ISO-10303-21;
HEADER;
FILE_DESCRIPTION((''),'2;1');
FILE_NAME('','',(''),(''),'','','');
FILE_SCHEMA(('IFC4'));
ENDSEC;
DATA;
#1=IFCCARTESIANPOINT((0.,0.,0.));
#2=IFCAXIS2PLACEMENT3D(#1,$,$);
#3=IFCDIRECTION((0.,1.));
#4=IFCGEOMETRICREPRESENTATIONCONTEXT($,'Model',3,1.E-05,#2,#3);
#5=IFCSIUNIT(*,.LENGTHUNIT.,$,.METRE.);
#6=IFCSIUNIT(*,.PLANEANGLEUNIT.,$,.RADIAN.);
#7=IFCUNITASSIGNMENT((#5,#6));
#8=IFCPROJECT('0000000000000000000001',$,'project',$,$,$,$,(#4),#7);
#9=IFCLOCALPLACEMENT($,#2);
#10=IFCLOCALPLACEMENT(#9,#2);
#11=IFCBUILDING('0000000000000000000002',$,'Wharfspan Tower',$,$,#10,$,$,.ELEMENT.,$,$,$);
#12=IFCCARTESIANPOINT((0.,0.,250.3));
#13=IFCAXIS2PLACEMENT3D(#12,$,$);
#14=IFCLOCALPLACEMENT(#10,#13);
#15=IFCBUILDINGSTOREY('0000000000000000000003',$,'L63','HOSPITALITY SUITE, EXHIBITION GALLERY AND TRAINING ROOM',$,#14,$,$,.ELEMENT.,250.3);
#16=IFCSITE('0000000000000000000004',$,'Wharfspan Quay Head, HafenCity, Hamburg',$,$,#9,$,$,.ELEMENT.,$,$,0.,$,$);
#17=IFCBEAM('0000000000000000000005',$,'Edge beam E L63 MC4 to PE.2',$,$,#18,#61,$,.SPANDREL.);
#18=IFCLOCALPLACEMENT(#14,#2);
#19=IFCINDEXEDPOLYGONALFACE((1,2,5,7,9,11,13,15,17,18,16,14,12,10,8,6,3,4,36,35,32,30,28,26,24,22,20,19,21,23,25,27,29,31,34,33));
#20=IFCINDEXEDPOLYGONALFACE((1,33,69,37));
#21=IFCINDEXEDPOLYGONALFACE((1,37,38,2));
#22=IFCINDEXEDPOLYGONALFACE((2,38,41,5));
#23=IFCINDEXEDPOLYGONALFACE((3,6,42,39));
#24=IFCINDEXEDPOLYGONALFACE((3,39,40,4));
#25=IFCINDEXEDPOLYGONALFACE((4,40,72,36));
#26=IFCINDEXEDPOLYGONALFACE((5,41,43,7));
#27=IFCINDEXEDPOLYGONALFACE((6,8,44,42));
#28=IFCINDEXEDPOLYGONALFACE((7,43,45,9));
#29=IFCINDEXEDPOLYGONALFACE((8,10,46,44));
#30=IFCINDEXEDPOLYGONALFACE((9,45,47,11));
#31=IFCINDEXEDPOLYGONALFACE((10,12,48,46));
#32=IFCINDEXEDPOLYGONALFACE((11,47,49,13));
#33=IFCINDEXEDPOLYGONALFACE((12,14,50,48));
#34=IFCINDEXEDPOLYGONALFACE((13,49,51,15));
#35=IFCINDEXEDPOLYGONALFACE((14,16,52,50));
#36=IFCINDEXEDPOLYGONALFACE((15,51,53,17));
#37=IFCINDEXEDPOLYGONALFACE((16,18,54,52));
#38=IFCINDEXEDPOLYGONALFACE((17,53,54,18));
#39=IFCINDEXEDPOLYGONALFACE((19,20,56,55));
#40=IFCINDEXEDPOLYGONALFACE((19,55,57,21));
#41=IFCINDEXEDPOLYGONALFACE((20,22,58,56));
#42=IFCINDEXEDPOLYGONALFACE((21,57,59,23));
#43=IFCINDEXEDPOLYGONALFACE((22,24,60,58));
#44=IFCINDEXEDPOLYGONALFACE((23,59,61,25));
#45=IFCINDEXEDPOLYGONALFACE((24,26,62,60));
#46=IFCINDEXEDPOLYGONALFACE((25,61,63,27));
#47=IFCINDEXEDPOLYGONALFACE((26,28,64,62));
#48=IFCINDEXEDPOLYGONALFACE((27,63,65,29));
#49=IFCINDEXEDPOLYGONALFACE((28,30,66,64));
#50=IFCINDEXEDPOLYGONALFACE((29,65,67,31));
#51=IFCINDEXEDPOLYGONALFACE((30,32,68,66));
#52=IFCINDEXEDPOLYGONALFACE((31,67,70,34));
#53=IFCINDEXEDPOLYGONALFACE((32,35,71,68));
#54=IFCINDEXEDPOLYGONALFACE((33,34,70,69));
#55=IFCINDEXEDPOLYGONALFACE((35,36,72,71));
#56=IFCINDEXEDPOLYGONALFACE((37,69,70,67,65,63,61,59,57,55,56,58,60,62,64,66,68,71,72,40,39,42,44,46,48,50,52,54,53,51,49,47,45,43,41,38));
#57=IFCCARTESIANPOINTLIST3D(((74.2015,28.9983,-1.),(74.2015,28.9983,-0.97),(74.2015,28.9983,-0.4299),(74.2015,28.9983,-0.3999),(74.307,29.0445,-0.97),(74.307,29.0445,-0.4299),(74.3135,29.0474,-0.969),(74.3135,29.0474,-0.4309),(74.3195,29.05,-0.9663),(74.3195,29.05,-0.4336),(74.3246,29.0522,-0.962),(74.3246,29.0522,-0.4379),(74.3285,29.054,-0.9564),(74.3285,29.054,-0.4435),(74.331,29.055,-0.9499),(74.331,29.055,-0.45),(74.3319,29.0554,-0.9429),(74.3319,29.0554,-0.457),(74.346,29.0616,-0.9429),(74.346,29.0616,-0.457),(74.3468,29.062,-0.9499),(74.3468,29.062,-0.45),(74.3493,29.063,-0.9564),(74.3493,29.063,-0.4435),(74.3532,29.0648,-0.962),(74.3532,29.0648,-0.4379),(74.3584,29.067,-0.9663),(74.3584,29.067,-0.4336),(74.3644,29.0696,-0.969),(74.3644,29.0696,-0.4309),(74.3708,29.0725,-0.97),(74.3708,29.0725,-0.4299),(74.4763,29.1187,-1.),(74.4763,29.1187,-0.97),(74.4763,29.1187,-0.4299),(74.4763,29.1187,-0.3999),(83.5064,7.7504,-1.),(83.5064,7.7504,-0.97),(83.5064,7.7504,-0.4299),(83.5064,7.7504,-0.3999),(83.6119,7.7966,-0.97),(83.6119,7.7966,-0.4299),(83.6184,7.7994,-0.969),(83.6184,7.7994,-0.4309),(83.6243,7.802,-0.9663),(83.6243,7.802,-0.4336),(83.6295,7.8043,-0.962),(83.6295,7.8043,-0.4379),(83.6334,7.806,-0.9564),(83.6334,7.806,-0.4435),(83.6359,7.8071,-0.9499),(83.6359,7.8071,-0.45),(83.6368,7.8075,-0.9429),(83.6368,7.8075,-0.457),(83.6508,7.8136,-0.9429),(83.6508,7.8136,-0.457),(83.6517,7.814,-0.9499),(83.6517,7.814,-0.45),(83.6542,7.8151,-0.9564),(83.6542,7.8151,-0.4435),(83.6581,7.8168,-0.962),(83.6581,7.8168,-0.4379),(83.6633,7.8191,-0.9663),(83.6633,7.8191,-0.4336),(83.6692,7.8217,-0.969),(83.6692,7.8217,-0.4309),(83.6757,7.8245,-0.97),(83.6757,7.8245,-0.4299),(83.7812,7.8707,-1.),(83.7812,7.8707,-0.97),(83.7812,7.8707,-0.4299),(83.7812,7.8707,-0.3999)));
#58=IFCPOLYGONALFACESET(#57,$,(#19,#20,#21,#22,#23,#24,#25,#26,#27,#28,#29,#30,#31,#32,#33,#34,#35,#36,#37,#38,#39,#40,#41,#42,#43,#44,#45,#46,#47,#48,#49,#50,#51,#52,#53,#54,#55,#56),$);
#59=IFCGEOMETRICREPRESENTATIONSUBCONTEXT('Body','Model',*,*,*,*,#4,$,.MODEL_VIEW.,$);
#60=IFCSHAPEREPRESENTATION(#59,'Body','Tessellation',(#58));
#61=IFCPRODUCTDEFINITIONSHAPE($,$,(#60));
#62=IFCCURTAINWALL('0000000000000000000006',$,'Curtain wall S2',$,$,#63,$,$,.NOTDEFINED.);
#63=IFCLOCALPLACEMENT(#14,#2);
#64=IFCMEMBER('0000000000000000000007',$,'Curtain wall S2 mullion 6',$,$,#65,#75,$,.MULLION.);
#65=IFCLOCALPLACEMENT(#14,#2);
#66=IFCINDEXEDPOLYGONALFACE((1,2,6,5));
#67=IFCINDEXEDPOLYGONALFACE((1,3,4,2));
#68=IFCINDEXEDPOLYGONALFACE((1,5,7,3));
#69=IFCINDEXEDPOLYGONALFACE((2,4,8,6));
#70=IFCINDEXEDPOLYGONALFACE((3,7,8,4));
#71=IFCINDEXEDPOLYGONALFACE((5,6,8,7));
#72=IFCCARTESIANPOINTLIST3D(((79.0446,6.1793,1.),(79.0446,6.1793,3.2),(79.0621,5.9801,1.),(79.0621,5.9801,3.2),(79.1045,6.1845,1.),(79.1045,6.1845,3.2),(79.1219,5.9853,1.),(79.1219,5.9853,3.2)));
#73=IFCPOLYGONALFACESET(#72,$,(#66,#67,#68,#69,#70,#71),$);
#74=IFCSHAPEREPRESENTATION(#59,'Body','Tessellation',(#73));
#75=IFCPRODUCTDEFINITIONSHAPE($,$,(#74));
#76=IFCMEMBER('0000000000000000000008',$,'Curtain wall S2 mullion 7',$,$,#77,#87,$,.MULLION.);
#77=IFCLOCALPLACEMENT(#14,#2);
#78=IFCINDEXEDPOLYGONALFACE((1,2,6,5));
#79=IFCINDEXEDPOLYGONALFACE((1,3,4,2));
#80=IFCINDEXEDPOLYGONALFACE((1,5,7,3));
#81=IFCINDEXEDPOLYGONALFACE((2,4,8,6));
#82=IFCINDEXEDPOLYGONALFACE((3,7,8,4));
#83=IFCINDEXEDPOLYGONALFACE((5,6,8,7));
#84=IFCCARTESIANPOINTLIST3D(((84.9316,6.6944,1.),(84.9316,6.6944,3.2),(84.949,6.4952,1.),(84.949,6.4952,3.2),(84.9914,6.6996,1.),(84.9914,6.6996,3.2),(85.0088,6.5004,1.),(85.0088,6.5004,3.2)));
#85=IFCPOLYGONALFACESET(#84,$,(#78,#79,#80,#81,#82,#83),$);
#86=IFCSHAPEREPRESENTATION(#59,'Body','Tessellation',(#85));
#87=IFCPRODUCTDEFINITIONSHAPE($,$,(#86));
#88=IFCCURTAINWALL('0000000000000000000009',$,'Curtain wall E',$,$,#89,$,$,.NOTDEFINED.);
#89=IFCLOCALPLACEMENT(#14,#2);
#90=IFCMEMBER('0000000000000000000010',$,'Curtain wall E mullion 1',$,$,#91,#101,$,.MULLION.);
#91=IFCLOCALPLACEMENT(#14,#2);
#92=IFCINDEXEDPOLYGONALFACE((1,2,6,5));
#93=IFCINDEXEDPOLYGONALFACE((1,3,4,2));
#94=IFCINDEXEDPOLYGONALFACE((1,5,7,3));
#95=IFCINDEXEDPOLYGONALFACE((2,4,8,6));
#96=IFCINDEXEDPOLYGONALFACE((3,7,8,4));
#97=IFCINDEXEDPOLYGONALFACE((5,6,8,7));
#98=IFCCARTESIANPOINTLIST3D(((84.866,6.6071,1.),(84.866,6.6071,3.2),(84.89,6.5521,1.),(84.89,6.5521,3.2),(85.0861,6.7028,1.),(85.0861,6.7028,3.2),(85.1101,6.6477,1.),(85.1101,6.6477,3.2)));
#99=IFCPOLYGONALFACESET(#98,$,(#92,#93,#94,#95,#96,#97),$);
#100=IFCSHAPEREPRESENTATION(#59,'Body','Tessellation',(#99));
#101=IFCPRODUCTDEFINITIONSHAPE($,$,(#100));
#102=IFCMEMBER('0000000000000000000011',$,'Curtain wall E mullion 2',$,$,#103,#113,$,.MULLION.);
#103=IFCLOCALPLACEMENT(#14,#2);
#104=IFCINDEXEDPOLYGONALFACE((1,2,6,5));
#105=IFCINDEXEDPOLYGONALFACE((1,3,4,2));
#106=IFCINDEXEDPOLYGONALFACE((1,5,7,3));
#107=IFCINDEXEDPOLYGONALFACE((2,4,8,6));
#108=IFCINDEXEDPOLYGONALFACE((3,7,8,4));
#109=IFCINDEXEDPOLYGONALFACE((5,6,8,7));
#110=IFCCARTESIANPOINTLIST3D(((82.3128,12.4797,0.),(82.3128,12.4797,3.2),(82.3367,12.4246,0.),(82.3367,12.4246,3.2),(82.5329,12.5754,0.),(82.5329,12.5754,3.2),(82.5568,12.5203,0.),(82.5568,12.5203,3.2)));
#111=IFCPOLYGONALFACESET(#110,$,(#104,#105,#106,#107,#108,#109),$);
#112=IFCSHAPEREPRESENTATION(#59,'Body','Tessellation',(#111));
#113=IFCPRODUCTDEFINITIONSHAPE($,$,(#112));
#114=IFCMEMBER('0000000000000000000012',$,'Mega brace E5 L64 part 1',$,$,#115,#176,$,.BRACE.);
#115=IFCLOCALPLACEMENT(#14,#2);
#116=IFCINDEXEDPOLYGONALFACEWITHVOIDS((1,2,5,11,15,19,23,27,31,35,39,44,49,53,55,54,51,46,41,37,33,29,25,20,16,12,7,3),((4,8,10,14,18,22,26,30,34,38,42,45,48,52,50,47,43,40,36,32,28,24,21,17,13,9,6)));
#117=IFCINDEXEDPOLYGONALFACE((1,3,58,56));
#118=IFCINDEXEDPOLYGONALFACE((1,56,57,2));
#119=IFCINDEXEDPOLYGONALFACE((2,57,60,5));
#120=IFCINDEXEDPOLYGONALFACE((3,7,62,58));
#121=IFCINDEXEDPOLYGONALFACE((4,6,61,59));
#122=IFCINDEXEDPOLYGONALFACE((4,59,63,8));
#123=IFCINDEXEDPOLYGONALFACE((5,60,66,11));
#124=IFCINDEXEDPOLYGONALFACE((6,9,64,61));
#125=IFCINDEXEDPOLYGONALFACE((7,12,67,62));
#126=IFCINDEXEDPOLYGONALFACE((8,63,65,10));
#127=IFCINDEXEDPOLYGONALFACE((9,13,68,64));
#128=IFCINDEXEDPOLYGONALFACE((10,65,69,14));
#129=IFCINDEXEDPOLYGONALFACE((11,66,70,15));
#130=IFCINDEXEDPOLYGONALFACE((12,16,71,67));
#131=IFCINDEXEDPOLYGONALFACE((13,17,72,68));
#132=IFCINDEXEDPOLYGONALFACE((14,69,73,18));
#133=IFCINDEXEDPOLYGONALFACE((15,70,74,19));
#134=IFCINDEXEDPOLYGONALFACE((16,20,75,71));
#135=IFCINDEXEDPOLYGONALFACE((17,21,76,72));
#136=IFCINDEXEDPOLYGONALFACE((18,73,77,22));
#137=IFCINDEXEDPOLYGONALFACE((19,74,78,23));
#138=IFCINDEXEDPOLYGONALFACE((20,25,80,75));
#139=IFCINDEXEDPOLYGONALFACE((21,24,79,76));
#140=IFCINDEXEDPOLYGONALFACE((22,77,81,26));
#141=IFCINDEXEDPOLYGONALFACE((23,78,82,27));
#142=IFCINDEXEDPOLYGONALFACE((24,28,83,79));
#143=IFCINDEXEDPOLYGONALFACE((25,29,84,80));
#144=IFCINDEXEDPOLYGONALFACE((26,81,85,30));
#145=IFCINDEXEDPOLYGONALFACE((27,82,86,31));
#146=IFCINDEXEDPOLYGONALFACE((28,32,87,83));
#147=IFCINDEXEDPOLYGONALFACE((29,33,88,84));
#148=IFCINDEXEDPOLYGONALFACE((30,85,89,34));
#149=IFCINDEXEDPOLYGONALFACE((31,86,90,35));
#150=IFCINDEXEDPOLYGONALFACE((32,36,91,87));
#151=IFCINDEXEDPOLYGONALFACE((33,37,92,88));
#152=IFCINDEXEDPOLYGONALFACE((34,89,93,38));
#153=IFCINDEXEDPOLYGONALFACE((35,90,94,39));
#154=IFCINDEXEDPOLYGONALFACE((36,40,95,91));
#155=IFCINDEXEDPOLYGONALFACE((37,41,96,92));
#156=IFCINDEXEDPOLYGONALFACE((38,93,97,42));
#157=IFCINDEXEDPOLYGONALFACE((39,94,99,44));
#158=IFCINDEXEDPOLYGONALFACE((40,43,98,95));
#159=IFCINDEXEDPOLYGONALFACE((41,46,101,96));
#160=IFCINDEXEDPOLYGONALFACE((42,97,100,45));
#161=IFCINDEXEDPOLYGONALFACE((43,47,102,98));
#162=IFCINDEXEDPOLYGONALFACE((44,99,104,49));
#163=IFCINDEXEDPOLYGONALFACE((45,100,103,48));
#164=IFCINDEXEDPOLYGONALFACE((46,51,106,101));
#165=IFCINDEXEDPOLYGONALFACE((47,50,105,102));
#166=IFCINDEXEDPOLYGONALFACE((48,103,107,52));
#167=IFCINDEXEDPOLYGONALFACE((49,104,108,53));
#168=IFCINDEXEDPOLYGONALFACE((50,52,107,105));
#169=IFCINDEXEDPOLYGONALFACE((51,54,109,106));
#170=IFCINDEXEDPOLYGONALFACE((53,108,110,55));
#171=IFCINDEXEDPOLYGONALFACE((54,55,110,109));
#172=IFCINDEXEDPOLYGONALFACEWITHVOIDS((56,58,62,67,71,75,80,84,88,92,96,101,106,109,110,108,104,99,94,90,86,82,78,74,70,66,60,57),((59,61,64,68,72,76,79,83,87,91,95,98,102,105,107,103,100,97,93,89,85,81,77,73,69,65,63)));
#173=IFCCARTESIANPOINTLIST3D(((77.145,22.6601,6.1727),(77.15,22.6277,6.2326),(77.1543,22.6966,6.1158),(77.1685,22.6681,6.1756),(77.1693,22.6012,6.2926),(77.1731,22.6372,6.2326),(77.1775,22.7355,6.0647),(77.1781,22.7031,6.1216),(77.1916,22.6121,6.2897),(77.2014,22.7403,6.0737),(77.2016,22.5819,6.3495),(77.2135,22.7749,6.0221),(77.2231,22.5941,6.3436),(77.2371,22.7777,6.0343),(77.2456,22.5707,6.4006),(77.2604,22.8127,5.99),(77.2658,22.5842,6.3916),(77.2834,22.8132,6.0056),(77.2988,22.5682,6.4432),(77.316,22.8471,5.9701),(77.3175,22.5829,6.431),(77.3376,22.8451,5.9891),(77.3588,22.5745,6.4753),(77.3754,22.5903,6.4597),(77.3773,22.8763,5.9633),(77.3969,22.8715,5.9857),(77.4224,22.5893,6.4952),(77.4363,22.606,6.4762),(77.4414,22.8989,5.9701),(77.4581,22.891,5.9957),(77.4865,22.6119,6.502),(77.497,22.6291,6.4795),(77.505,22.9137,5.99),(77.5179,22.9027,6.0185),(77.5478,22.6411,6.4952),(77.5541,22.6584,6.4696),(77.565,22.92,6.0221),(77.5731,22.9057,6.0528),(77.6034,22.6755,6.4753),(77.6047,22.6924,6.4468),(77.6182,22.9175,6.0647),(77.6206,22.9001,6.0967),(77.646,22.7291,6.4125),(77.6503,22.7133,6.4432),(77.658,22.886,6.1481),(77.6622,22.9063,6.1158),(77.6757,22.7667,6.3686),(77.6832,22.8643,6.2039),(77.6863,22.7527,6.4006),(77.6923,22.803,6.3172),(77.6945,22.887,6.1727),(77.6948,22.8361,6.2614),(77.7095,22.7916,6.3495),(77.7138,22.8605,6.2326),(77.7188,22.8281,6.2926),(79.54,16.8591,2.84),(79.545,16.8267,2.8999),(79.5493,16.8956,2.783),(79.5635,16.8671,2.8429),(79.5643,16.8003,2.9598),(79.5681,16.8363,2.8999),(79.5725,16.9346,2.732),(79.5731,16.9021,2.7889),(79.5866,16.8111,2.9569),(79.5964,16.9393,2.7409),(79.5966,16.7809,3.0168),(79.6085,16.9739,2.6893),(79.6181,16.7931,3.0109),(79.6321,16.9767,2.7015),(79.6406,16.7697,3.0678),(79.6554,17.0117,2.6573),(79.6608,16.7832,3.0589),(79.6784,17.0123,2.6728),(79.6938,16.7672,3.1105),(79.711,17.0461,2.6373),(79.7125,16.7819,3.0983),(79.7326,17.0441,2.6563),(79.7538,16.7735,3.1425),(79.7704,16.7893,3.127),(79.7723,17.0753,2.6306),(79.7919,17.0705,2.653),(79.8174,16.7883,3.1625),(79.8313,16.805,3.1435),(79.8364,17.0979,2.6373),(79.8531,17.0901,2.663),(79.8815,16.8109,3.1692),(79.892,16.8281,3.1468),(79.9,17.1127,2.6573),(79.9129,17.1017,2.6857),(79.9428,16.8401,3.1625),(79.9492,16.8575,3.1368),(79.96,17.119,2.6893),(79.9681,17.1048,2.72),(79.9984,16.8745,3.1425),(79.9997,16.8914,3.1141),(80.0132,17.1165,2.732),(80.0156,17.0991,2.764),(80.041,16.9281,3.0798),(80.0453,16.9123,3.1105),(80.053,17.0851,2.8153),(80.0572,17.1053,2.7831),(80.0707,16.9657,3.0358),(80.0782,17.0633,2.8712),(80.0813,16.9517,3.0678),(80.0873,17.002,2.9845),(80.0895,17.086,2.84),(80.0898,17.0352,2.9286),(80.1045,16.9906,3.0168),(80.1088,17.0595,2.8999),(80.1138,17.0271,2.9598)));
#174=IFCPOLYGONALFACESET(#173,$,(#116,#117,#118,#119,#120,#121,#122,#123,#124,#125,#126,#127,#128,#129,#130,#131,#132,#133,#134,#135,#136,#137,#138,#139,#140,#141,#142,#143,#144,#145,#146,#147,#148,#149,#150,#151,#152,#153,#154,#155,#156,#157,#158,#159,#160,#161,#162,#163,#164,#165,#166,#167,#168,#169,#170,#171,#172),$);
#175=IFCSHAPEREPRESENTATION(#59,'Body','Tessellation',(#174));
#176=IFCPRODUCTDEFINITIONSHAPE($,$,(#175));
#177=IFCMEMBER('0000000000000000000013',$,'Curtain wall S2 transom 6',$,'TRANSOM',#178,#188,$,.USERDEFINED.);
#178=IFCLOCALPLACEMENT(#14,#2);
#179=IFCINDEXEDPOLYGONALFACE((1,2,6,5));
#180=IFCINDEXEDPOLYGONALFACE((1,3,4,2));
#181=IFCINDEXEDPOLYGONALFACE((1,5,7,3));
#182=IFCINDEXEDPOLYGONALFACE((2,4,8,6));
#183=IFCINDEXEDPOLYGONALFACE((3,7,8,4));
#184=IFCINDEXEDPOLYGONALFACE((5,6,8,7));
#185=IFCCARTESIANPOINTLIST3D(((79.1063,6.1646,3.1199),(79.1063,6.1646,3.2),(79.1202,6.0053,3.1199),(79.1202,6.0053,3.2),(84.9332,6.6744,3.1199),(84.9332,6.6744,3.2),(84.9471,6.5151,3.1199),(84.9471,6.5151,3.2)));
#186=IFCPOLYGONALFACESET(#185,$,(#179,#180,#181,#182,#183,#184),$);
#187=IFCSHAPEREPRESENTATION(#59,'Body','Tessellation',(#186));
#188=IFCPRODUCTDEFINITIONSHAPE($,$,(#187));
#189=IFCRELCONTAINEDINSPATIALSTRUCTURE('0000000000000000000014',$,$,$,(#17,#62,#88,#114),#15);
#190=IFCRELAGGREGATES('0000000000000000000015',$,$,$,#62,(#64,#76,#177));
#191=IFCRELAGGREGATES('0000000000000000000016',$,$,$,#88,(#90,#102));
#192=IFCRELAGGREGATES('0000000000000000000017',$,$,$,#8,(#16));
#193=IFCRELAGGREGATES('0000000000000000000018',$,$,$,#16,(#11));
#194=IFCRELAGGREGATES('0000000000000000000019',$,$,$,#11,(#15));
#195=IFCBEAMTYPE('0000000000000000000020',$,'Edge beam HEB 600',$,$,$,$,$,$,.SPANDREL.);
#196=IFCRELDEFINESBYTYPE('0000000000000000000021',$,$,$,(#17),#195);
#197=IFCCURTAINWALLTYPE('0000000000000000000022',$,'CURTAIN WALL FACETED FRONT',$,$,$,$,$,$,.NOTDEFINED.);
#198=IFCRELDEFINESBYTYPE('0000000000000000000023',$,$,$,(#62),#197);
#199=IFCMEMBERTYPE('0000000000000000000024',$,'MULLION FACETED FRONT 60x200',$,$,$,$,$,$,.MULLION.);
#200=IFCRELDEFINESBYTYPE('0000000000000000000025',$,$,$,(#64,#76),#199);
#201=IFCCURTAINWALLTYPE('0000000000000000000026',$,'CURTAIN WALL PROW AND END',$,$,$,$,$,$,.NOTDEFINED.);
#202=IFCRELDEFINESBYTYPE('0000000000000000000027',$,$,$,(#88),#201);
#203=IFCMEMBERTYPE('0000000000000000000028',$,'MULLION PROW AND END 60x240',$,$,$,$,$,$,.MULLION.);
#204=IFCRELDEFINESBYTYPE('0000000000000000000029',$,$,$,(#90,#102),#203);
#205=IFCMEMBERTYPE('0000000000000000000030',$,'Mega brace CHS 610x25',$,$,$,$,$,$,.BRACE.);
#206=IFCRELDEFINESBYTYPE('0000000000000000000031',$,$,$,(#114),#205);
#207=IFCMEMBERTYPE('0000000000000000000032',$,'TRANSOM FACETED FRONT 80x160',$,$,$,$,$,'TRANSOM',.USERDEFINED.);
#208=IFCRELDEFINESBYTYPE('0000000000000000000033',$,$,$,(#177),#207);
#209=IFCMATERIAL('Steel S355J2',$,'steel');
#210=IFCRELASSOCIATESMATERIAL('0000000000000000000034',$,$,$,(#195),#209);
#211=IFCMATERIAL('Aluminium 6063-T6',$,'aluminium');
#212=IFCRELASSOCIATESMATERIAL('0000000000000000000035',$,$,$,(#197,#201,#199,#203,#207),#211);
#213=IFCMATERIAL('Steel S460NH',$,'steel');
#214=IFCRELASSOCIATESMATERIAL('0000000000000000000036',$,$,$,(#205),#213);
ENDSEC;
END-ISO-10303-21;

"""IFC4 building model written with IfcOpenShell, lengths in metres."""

from ifc_helpers import new_model, si_unit, direction, frame, origin, origin_2d, place, context, subcontext, project, spatial, rectangle, hollow_circle, i_section, extrude, material, material_profile, profile_set, type_object, element, aggregate, save


model = new_model("IFC4")

# Units and contexts
model_context = context("Model", 3, precision=1e-05, world=origin(), true_north=direction((0.0, 1.0)))
body_context = subcontext(model_context, "Body", "Model", "MODEL_VIEW")
ifc_project = project(units=[si_unit("LENGTHUNIT", "METRE"), si_unit("PLANEANGLEUNIT", "RADIAN")], contexts=[model_context])

# Site, building, storey
site_placement = place(None, origin())
site = spatial("IfcSite", under=ifc_project, at=site_placement, Name="Wharfspan Quay Head, HafenCity, Hamburg", CompositionType="ELEMENT", RefElevation=0.0)
building_placement = place(site_placement, origin())
building = spatial("IfcBuilding", under=site, at=building_placement, Name="Wharfspan Tower", CompositionType="ELEMENT")
storey_placement = place(building_placement, frame((0.0, 0.0, 250.3)))
storey = spatial("IfcBuildingStorey", under=building, at=storey_placement, Name="L63", Description="HOSPITALITY SUITE, EXHIBITION GALLERY AND TRAINING ROOM", CompositionType="ELEMENT", Elevation=250.3)

# Shared definitions
ifc_material_1 = material(Name="Steel S355J2", Category="steel")

# Beam
ifc_material_profile_1 = material_profile(ifc_material_1, i_section(OverallWidth=0.3, OverallDepth=0.6001, WebThickness=0.0154, FlangeThickness=0.03, FilletRadius=0.0271, at=origin_2d()))
ifc_profile_set_1 = profile_set([ifc_material_profile_1], Name="Steel S355J2")
beam_type = type_object("IfcBeamType", Name="Edge beam HEB 600", PredefinedType="SPANDREL", material=ifc_profile_set_1)
beam_1_placement = place(storey_placement, frame((83.6438, 7.8105, -0.7), z_axis=(-0.401141, 0.916016, 0.0), x_axis=(-0.916016, -0.401141, 0.0)))
element("IfcBeam", 1, at=beam_1_placement, inside=storey, type_object=beam_type, Name="Edge beam E L63 MC4 to PE.2", PredefinedType="SPANDREL", context=body_context, shape_type="SweptSolid", body=[
    extrude(i_section(OverallWidth=0.3, OverallDepth=0.6001, WebThickness=0.0154, FlangeThickness=0.03, FilletRadius=0.0271, at=origin_2d()), origin(), (0.0, 0.0, 1.0), 23.196),
])

# Curtain walls, members
ifc_material_2 = material(Name="Aluminium 6063-T6", Category="aluminium")
curtain_wall_type_1 = type_object("IfcCurtainWallType", Name="CURTAIN WALL FACETED FRONT", PredefinedType="NOTDEFINED", material=ifc_material_2)
curtain_wall_1_placement = place(storey_placement, origin())
curtain_wall_1 = element("IfcCurtainWall", 2, at=curtain_wall_1_placement, inside=storey, type_object=curtain_wall_type_1, Name="Curtain wall S2", PredefinedType="NOTDEFINED")
ifc_material_profile_2 = material_profile(ifc_material_2, rectangle(XDim=0.2, YDim=0.0601, at=origin_2d()))
ifc_profile_set_2 = profile_set([ifc_material_profile_2], Name="Aluminium 6063-T6")
member_type_1 = type_object("IfcMemberType", Name="MULLION FACETED FRONT 60x200", PredefinedType="MULLION", material=ifc_profile_set_2)
member_1_placement = place(storey_placement, frame((79.0833, 6.0823, 1.0), z_axis=(0.0, 0.0, 1.0), x_axis=(-0.087156, 0.996197, 0.0)))
member_1 = element("IfcMember", 3, at=member_1_placement, type_object=member_type_1, Name="Curtain wall S2 mullion 6", PredefinedType="MULLION", context=body_context, shape_type="SweptSolid", body=[
    extrude(rectangle(XDim=0.2, YDim=0.0601, at=origin_2d()), origin(), (0.0, 0.0, 1.0), 2.2),
])
member_2_placement = place(storey_placement, frame((84.9702, 6.5974, 1.0), z_axis=(0.0, 0.0, 1.0), x_axis=(-0.087156, 0.996197, 0.0)))
member_2 = element("IfcMember", 4, at=member_2_placement, type_object=member_type_1, Name="Curtain wall S2 mullion 7", PredefinedType="MULLION", context=body_context, shape_type="SweptSolid", body=[
    extrude(rectangle(XDim=0.2, YDim=0.0601, at=origin_2d()), origin(), (0.0, 0.0, 1.0), 2.2),
])
curtain_wall_type_2 = type_object("IfcCurtainWallType", Name="CURTAIN WALL PROW AND END", PredefinedType="NOTDEFINED", material=ifc_material_2)
curtain_wall_2_placement = place(storey_placement, origin())
curtain_wall_2 = element("IfcCurtainWall", 5, at=curtain_wall_2_placement, inside=storey, type_object=curtain_wall_type_2, Name="Curtain wall E", PredefinedType="NOTDEFINED")
ifc_material_profile_3 = material_profile(ifc_material_2, rectangle(XDim=0.24, YDim=0.0601, at=origin_2d()))
ifc_profile_set_3 = profile_set([ifc_material_profile_3], Name="Aluminium 6063-T6")
member_type_2 = type_object("IfcMemberType", Name="MULLION PROW AND END 60x240", PredefinedType="MULLION", material=ifc_profile_set_3)
member_3_placement = place(storey_placement, frame((84.988, 6.6274, 1.0), z_axis=(0.0, 0.0, 1.0), x_axis=(-0.917072, -0.398727, 0.0)))
member_3 = element("IfcMember", 6, at=member_3_placement, type_object=member_type_2, Name="Curtain wall E mullion 1", PredefinedType="MULLION", context=body_context, shape_type="SweptSolid", body=[
    extrude(rectangle(XDim=0.24, YDim=0.0601, at=origin_2d()), origin(), (0.0, 0.0, 1.0), 2.2),
])
member_4_placement = place(storey_placement, frame((82.4348, 12.5, 0.0), z_axis=(0.0, 0.0, 1.0), x_axis=(-0.917072, -0.398727, 0.0)))
member_4 = element("IfcMember", 7, at=member_4_placement, type_object=member_type_2, Name="Curtain wall E mullion 2", PredefinedType="MULLION", context=body_context, shape_type="SweptSolid", body=[
    extrude(rectangle(XDim=0.24, YDim=0.0601, at=origin_2d()), origin(), (0.0, 0.0, 1.0), 3.2),
])

# Members
ifc_material_3 = material(Name="Steel S460NH", Category="steel")
ifc_material_profile_4 = material_profile(ifc_material_3, hollow_circle(Radius=0.3049, WallThickness=0.0249, at=origin_2d()))
ifc_profile_set_4 = profile_set([ifc_material_profile_4], Name="Steel S460NH")
member_type_3 = type_object("IfcMemberType", Name="Mega brace CHS 610x25", PredefinedType="BRACE", material=ifc_profile_set_4)
member_5_placement = place(storey_placement, frame((79.8269, 16.9431, 2.8999), z_axis=(-0.337042, 0.816355, 0.469007), x_axis=(-0.924324, -0.381616, -0.000004)))
element("IfcMember", 8, at=member_5_placement, inside=storey, type_object=member_type_3, Name="Mega brace E5 L64 part 1", PredefinedType="BRACE", context=body_context, shape_type="SweptSolid", body=[
    extrude(hollow_circle(Radius=0.3049, WallThickness=0.0249, at=origin_2d()), origin(), (0.0, 0.0, 1.0), 7.106),
])
ifc_material_profile_5 = material_profile(ifc_material_2, rectangle(XDim=0.1599, YDim=0.0801, at=origin_2d()))
ifc_profile_set_5 = profile_set([ifc_material_profile_5], Name="Aluminium 6063-T6")
member_type_4 = type_object("IfcMemberType", Name="TRANSOM FACETED FRONT 80x160", ElementType="TRANSOM", PredefinedType="USERDEFINED", material=ifc_profile_set_5)
member_6_placement = place(storey_placement, frame((79.1133, 6.085, 3.1599), z_axis=(0.996195, 0.087152, 0.0), x_axis=(-0.087152, 0.996195, 0.0)))
member_6 = element("IfcMember", 9, at=member_6_placement, type_object=member_type_4, Name="Curtain wall S2 transom 6", ObjectType="TRANSOM", PredefinedType="USERDEFINED", context=body_context, shape_type="SweptSolid", body=[
    extrude(rectangle(XDim=0.1599, YDim=0.0801, at=origin_2d()), origin(), (0.0, 0.0, 1.0), 5.8491),
])

aggregate(curtain_wall_1, [member_1, member_2, member_6])
aggregate(curtain_wall_2, [member_3, member_4])

save(model, "model.ifc")
